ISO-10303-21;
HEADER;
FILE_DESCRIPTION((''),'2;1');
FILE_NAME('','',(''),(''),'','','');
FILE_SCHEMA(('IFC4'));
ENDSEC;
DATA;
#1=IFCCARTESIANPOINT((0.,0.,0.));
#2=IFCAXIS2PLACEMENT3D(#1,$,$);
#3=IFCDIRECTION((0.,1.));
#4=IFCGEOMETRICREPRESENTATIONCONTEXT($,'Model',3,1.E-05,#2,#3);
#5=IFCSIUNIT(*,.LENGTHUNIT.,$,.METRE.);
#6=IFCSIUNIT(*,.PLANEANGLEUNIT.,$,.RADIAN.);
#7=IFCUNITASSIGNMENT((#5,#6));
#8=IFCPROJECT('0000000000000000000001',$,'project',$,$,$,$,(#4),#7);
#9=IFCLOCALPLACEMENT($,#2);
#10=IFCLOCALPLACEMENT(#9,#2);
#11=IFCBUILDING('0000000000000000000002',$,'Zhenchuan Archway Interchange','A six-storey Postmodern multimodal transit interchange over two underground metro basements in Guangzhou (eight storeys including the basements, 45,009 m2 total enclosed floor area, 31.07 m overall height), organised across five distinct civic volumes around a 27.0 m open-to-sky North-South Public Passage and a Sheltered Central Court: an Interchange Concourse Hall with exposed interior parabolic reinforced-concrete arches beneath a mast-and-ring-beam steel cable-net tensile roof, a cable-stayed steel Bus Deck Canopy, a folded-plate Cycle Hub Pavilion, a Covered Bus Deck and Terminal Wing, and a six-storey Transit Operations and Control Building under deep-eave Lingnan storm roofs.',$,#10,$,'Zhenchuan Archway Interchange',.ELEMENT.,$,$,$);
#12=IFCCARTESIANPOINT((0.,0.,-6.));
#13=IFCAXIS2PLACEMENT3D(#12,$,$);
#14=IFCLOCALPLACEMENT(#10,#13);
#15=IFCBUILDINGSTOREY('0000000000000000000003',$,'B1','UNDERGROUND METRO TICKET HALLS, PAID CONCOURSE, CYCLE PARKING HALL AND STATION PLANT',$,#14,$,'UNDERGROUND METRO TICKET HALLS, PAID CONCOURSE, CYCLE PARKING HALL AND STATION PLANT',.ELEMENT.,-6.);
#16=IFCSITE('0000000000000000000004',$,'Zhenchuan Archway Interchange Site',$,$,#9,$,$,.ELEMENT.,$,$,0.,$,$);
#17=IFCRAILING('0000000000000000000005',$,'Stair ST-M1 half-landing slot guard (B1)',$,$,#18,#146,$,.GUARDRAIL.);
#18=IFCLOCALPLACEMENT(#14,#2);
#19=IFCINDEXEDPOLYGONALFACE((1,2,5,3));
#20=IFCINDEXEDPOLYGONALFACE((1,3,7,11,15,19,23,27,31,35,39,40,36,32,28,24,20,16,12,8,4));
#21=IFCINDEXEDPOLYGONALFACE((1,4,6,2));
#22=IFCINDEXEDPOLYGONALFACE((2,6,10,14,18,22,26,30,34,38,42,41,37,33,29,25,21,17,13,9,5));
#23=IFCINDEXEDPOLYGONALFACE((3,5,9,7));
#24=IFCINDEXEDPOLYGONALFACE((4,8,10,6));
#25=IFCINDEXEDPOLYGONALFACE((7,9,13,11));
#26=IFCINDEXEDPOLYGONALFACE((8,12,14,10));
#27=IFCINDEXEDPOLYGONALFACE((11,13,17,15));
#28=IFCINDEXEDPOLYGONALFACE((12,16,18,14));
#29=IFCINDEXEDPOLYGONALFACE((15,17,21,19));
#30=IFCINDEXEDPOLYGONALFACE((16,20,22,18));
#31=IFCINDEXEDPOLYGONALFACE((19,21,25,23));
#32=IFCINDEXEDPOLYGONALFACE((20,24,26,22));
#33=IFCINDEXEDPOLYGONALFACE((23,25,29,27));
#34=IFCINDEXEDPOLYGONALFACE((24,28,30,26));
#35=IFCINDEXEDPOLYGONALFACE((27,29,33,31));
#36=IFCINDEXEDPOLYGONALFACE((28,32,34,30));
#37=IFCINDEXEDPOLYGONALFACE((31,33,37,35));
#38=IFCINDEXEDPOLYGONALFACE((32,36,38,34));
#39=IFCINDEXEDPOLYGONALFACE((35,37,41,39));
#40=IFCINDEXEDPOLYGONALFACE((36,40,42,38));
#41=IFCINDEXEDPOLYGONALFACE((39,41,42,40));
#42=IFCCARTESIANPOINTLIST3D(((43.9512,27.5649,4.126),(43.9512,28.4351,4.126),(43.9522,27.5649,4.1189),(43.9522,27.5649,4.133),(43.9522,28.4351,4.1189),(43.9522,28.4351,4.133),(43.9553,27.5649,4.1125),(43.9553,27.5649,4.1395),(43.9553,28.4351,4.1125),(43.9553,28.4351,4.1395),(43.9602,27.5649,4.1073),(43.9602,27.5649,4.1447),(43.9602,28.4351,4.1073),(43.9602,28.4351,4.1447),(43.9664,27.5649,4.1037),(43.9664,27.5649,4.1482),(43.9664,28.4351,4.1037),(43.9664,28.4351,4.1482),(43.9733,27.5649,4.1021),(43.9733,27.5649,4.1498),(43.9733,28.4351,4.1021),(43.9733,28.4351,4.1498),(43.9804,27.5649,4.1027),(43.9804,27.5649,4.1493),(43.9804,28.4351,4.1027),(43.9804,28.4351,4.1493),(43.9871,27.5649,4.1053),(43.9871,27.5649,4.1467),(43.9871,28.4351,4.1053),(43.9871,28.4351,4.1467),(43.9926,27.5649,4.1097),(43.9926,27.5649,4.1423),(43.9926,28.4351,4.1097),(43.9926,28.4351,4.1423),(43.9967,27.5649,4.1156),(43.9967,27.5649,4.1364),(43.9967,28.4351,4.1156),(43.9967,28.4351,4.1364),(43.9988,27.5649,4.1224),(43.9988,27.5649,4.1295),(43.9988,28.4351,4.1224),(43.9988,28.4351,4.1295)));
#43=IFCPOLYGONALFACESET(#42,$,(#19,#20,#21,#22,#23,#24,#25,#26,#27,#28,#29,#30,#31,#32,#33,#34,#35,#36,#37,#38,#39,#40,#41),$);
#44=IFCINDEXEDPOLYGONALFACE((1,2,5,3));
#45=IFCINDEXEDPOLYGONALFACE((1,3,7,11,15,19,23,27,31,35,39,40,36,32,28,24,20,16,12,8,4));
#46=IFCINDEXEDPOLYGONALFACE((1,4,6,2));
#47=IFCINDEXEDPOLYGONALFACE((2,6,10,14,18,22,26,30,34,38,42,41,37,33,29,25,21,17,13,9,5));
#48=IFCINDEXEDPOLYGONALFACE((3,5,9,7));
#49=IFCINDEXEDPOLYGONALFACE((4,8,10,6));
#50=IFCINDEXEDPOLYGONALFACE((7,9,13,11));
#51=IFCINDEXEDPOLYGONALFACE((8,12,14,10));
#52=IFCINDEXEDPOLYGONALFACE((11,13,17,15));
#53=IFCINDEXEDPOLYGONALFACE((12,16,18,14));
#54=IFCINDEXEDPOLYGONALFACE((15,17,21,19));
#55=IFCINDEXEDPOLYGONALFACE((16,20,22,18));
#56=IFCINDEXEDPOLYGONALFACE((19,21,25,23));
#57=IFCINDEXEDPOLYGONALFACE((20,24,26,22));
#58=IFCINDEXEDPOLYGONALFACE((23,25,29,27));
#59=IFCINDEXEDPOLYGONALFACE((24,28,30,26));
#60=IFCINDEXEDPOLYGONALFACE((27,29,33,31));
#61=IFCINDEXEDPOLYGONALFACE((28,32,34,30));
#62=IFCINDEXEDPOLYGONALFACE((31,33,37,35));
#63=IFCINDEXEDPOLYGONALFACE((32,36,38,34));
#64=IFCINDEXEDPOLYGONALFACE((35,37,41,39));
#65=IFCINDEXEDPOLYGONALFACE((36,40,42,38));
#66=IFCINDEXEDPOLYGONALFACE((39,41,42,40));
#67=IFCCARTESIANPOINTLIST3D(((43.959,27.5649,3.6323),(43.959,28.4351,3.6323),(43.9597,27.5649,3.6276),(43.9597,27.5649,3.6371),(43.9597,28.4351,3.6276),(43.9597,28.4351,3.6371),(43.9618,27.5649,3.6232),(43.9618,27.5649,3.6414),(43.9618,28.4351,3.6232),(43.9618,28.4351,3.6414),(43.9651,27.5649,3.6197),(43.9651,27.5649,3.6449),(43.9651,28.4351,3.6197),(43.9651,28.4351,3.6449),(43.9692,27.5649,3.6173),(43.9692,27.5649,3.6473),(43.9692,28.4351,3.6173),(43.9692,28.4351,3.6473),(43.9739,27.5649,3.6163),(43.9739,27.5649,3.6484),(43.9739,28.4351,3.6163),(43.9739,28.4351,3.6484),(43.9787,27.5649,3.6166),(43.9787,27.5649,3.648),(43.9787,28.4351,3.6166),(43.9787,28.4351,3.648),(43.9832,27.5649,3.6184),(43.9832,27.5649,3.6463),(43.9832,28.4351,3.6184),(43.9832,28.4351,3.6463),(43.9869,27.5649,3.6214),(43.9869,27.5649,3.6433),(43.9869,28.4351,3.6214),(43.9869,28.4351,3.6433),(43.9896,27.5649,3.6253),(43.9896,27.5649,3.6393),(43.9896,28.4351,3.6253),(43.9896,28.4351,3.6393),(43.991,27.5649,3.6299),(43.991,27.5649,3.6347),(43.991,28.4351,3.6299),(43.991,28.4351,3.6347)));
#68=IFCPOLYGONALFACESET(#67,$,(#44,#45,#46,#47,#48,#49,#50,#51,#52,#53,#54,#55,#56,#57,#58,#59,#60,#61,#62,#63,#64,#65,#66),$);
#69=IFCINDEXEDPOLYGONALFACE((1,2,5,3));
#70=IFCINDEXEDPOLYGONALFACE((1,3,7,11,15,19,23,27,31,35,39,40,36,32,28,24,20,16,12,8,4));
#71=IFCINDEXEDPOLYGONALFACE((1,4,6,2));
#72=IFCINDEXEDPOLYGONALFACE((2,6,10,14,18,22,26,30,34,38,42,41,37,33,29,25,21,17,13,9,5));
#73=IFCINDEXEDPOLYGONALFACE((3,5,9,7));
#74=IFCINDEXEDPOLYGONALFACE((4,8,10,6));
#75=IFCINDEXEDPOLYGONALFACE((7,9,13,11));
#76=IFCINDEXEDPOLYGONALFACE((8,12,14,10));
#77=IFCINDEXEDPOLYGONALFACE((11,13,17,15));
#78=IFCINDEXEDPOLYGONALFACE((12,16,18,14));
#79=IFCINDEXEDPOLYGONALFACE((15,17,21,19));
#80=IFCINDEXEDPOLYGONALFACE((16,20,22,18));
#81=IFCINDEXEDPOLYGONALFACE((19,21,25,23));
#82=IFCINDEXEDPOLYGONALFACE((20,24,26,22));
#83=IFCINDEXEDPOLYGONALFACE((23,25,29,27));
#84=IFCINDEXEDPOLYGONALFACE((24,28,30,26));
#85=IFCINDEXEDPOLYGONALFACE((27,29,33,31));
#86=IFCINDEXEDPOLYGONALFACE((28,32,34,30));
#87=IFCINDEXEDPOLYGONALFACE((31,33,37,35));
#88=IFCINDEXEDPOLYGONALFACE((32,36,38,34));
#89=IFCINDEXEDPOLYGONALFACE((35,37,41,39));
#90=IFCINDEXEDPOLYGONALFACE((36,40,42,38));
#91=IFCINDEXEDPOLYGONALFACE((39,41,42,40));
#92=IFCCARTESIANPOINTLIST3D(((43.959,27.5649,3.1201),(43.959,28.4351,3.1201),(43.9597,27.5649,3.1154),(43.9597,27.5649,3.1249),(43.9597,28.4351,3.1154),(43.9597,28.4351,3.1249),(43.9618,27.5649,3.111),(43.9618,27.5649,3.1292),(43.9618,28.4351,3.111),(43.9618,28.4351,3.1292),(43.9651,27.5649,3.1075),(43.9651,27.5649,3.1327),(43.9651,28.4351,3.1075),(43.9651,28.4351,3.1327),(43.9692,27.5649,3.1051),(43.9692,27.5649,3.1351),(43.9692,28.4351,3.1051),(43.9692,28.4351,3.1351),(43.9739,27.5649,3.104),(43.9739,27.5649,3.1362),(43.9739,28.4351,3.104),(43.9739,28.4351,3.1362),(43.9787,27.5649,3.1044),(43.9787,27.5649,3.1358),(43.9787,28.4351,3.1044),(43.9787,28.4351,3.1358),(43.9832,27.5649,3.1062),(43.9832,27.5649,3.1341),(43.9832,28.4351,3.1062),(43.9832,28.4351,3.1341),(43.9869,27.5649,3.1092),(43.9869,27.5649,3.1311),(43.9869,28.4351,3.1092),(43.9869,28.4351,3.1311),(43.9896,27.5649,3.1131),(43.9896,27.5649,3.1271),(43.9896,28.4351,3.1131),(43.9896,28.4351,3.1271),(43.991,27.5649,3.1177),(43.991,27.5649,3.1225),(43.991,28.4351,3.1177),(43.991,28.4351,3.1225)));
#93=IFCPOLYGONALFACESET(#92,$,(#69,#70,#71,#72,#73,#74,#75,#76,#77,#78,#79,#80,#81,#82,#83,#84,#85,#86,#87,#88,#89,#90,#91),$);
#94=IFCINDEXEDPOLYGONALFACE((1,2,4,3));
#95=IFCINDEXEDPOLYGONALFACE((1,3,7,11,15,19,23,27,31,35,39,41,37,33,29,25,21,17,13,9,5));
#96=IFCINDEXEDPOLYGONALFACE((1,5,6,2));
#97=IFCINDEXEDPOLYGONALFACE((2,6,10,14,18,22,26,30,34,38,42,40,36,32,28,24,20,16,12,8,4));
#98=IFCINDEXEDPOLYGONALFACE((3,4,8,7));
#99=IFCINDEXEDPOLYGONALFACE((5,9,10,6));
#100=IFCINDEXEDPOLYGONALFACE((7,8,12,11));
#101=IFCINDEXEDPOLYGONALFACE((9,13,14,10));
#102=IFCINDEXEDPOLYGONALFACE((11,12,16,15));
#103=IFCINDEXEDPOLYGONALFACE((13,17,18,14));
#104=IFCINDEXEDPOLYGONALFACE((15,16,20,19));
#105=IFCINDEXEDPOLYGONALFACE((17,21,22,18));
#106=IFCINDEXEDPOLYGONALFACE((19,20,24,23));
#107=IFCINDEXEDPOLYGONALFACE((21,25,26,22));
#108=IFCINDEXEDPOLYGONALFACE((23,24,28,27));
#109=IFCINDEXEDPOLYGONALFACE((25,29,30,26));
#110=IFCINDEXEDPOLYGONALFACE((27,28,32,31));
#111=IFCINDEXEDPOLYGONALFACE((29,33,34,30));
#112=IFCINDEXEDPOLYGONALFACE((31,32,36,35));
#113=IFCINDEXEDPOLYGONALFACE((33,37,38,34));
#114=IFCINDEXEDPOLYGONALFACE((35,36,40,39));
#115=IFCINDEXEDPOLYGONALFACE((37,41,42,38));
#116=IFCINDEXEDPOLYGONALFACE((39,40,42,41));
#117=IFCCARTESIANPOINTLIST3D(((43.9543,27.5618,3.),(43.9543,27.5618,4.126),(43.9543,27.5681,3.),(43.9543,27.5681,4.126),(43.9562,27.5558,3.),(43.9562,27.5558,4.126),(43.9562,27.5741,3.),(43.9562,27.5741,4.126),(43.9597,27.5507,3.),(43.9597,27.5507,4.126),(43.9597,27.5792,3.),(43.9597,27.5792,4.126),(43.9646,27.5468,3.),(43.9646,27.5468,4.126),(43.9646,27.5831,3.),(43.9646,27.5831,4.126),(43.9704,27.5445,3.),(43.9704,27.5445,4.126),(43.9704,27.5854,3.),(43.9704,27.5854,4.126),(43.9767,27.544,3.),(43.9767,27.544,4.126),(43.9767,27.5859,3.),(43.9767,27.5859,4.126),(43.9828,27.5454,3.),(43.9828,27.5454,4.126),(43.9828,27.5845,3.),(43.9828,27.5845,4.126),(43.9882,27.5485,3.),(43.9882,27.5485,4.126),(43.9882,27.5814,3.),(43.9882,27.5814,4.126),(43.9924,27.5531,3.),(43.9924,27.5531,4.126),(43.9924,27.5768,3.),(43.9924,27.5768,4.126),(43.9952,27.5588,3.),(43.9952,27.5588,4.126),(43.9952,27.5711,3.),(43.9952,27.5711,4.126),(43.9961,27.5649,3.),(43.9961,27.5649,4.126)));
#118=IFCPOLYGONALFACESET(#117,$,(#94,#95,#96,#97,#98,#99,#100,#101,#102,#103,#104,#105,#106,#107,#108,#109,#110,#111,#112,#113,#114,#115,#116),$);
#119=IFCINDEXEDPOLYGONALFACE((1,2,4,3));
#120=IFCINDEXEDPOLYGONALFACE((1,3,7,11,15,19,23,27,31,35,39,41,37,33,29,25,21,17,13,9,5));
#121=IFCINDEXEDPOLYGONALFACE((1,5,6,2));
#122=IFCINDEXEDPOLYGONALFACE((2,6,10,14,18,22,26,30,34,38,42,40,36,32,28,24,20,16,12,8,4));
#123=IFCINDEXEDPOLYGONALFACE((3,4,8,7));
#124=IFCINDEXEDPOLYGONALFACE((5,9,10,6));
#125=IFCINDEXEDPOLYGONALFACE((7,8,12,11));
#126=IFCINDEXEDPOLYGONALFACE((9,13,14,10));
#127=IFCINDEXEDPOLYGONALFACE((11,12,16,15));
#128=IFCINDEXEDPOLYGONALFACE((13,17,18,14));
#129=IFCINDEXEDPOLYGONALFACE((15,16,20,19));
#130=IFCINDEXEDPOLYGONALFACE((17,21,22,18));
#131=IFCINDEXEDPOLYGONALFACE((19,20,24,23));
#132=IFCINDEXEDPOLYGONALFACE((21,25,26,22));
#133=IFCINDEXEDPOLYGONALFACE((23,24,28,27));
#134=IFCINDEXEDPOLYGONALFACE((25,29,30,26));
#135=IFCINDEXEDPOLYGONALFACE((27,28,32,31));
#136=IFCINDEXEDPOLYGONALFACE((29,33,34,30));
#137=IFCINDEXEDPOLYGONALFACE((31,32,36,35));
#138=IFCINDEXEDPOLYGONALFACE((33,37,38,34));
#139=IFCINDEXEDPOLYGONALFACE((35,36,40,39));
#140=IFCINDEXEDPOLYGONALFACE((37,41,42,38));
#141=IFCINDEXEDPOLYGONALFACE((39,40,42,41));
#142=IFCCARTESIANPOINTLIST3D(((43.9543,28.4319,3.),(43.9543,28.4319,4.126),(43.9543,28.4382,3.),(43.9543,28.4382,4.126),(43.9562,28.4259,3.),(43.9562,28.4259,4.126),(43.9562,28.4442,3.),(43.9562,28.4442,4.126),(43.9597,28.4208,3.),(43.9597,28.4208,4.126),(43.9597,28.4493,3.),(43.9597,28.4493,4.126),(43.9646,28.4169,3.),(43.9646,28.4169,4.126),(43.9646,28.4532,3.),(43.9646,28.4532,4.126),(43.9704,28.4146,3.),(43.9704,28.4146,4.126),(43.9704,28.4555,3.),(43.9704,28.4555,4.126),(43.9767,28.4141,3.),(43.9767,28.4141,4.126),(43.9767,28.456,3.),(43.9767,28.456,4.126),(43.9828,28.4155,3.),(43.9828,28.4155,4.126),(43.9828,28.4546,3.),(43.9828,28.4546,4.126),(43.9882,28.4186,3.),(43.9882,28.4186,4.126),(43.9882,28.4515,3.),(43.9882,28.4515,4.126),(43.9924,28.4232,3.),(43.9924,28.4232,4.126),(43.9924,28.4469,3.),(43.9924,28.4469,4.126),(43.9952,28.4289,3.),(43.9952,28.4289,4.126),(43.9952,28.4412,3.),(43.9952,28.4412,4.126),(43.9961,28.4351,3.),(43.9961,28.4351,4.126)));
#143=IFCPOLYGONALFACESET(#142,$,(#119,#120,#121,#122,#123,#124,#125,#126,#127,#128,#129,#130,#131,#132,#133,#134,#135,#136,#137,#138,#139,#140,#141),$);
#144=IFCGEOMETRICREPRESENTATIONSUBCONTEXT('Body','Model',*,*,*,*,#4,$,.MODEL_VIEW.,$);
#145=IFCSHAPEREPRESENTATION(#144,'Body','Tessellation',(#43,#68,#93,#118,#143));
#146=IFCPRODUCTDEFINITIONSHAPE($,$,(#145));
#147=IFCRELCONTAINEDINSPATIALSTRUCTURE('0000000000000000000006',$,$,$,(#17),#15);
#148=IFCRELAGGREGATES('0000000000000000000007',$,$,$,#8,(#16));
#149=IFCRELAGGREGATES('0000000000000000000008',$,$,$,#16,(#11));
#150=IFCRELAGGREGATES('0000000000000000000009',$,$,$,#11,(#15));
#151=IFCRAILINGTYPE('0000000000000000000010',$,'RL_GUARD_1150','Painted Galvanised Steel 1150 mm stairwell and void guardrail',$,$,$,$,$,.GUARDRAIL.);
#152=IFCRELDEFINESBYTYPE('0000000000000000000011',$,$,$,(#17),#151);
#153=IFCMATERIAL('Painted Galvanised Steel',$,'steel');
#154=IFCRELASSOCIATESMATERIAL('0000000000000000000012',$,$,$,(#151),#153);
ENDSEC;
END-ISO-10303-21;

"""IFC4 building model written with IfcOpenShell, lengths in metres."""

from ifc_helpers import new_model, si_unit, direction, frame, origin, origin_2d, place, context, subcontext, project, spatial, circle, extrude, material, type_object, element, save


model = new_model("IFC4")

# Units and contexts
model_context = context("Model", 3, precision=1e-05, world=origin(), true_north=direction((0.0, 1.0)))
body_context = subcontext(model_context, "Body", "Model", "MODEL_VIEW")
ifc_project = project(units=[si_unit("LENGTHUNIT", "METRE"), si_unit("PLANEANGLEUNIT", "RADIAN")], contexts=[model_context])

# Site, building, storey
site_placement = place(None, origin())
site = spatial("IfcSite", under=ifc_project, at=site_placement, Name="Zhenchuan Archway Interchange Site", CompositionType="ELEMENT", RefElevation=0.0)
building_placement = place(site_placement, origin())
building = spatial("IfcBuilding", under=site, at=building_placement, Name="Zhenchuan Archway Interchange", Description="A six-storey Postmodern multimodal transit interchange over two underground metro basements in Guangzhou (eight storeys including the basements, 45,009 m2 total enclosed floor area, 31.07 m overall height), organised across five distinct civic volumes around a 27.0 m open-to-sky North-South Public Passage and a Sheltered Central Court: an Interchange Concourse Hall with exposed interior parabolic reinforced-concrete arches beneath a mast-and-ring-beam steel cable-net tensile roof, a cable-stayed steel Bus Deck Canopy, a folded-plate Cycle Hub Pavilion, a Covered Bus Deck and Terminal Wing, and a six-storey Transit Operations and Control Building under deep-eave Lingnan storm roofs.", LongName="Zhenchuan Archway Interchange", CompositionType="ELEMENT")
storey_placement = place(building_placement, frame((0.0, 0.0, -6.0)))
storey = spatial("IfcBuildingStorey", under=building, at=storey_placement, Name="B1", Description="UNDERGROUND METRO TICKET HALLS, PAID CONCOURSE, CYCLE PARKING HALL AND STATION PLANT", LongName="UNDERGROUND METRO TICKET HALLS, PAID CONCOURSE, CYCLE PARKING HALL AND STATION PLANT", CompositionType="ELEMENT", Elevation=-6.0)

# Railing
ifc_material_1 = material(Name="Painted Galvanised Steel", Category="steel")
railing_type_1 = type_object("IfcRailingType", Name="RL_GUARD_1150", Description="Painted Galvanised Steel 1150 mm stairwell and void guardrail", PredefinedType="GUARDRAIL", material=ifc_material_1)
for number, where, name in (
    (1, (43.9751, 27.5649, 3.0), "Stair ST-M1 half-landing slot guard (B1)"),
):
    element("IfcRailing", number, at=place(storey_placement, frame(where)), inside=storey, type_object=railing_type_1, Name=name, PredefinedType="GUARDRAIL", context=body_context, shape_type="SweptSolid", body=[
        extrude(circle(Radius=0.0239, at=origin_2d()), frame((0.0, 0.0, 1.126), z_axis=(0.0, 1.0, 0.0), x_axis=(-1.0, 0.0, 0.0)), (0.0, 0.0, 1.0), 0.8701),
        extrude(circle(Radius=0.0161, at=origin_2d()), frame((0.0, 0.0, 0.6323), z_axis=(0.0, 1.0, 0.0), x_axis=(-1.0, 0.0, 0.0)), (0.0, 0.0, 1.0), 0.8701),
        extrude(circle(Radius=0.0161, at=origin_2d()), frame((0.0, 0.0, 0.1201), z_axis=(0.0, 1.0, 0.0), x_axis=(-1.0, 0.0, 0.0)), (0.0, 0.0, 1.0), 0.8701),
        extrude(circle(Radius=0.021, at=origin_2d()), origin(), (0.0, 0.0, 1.0), 1.126),
        extrude(circle(Radius=0.021, at=origin_2d()), frame((0.0, 0.8701, 0.0)), (0.0, 0.0, 1.0), 1.126),
    ])

save(model, "model.ifc")
